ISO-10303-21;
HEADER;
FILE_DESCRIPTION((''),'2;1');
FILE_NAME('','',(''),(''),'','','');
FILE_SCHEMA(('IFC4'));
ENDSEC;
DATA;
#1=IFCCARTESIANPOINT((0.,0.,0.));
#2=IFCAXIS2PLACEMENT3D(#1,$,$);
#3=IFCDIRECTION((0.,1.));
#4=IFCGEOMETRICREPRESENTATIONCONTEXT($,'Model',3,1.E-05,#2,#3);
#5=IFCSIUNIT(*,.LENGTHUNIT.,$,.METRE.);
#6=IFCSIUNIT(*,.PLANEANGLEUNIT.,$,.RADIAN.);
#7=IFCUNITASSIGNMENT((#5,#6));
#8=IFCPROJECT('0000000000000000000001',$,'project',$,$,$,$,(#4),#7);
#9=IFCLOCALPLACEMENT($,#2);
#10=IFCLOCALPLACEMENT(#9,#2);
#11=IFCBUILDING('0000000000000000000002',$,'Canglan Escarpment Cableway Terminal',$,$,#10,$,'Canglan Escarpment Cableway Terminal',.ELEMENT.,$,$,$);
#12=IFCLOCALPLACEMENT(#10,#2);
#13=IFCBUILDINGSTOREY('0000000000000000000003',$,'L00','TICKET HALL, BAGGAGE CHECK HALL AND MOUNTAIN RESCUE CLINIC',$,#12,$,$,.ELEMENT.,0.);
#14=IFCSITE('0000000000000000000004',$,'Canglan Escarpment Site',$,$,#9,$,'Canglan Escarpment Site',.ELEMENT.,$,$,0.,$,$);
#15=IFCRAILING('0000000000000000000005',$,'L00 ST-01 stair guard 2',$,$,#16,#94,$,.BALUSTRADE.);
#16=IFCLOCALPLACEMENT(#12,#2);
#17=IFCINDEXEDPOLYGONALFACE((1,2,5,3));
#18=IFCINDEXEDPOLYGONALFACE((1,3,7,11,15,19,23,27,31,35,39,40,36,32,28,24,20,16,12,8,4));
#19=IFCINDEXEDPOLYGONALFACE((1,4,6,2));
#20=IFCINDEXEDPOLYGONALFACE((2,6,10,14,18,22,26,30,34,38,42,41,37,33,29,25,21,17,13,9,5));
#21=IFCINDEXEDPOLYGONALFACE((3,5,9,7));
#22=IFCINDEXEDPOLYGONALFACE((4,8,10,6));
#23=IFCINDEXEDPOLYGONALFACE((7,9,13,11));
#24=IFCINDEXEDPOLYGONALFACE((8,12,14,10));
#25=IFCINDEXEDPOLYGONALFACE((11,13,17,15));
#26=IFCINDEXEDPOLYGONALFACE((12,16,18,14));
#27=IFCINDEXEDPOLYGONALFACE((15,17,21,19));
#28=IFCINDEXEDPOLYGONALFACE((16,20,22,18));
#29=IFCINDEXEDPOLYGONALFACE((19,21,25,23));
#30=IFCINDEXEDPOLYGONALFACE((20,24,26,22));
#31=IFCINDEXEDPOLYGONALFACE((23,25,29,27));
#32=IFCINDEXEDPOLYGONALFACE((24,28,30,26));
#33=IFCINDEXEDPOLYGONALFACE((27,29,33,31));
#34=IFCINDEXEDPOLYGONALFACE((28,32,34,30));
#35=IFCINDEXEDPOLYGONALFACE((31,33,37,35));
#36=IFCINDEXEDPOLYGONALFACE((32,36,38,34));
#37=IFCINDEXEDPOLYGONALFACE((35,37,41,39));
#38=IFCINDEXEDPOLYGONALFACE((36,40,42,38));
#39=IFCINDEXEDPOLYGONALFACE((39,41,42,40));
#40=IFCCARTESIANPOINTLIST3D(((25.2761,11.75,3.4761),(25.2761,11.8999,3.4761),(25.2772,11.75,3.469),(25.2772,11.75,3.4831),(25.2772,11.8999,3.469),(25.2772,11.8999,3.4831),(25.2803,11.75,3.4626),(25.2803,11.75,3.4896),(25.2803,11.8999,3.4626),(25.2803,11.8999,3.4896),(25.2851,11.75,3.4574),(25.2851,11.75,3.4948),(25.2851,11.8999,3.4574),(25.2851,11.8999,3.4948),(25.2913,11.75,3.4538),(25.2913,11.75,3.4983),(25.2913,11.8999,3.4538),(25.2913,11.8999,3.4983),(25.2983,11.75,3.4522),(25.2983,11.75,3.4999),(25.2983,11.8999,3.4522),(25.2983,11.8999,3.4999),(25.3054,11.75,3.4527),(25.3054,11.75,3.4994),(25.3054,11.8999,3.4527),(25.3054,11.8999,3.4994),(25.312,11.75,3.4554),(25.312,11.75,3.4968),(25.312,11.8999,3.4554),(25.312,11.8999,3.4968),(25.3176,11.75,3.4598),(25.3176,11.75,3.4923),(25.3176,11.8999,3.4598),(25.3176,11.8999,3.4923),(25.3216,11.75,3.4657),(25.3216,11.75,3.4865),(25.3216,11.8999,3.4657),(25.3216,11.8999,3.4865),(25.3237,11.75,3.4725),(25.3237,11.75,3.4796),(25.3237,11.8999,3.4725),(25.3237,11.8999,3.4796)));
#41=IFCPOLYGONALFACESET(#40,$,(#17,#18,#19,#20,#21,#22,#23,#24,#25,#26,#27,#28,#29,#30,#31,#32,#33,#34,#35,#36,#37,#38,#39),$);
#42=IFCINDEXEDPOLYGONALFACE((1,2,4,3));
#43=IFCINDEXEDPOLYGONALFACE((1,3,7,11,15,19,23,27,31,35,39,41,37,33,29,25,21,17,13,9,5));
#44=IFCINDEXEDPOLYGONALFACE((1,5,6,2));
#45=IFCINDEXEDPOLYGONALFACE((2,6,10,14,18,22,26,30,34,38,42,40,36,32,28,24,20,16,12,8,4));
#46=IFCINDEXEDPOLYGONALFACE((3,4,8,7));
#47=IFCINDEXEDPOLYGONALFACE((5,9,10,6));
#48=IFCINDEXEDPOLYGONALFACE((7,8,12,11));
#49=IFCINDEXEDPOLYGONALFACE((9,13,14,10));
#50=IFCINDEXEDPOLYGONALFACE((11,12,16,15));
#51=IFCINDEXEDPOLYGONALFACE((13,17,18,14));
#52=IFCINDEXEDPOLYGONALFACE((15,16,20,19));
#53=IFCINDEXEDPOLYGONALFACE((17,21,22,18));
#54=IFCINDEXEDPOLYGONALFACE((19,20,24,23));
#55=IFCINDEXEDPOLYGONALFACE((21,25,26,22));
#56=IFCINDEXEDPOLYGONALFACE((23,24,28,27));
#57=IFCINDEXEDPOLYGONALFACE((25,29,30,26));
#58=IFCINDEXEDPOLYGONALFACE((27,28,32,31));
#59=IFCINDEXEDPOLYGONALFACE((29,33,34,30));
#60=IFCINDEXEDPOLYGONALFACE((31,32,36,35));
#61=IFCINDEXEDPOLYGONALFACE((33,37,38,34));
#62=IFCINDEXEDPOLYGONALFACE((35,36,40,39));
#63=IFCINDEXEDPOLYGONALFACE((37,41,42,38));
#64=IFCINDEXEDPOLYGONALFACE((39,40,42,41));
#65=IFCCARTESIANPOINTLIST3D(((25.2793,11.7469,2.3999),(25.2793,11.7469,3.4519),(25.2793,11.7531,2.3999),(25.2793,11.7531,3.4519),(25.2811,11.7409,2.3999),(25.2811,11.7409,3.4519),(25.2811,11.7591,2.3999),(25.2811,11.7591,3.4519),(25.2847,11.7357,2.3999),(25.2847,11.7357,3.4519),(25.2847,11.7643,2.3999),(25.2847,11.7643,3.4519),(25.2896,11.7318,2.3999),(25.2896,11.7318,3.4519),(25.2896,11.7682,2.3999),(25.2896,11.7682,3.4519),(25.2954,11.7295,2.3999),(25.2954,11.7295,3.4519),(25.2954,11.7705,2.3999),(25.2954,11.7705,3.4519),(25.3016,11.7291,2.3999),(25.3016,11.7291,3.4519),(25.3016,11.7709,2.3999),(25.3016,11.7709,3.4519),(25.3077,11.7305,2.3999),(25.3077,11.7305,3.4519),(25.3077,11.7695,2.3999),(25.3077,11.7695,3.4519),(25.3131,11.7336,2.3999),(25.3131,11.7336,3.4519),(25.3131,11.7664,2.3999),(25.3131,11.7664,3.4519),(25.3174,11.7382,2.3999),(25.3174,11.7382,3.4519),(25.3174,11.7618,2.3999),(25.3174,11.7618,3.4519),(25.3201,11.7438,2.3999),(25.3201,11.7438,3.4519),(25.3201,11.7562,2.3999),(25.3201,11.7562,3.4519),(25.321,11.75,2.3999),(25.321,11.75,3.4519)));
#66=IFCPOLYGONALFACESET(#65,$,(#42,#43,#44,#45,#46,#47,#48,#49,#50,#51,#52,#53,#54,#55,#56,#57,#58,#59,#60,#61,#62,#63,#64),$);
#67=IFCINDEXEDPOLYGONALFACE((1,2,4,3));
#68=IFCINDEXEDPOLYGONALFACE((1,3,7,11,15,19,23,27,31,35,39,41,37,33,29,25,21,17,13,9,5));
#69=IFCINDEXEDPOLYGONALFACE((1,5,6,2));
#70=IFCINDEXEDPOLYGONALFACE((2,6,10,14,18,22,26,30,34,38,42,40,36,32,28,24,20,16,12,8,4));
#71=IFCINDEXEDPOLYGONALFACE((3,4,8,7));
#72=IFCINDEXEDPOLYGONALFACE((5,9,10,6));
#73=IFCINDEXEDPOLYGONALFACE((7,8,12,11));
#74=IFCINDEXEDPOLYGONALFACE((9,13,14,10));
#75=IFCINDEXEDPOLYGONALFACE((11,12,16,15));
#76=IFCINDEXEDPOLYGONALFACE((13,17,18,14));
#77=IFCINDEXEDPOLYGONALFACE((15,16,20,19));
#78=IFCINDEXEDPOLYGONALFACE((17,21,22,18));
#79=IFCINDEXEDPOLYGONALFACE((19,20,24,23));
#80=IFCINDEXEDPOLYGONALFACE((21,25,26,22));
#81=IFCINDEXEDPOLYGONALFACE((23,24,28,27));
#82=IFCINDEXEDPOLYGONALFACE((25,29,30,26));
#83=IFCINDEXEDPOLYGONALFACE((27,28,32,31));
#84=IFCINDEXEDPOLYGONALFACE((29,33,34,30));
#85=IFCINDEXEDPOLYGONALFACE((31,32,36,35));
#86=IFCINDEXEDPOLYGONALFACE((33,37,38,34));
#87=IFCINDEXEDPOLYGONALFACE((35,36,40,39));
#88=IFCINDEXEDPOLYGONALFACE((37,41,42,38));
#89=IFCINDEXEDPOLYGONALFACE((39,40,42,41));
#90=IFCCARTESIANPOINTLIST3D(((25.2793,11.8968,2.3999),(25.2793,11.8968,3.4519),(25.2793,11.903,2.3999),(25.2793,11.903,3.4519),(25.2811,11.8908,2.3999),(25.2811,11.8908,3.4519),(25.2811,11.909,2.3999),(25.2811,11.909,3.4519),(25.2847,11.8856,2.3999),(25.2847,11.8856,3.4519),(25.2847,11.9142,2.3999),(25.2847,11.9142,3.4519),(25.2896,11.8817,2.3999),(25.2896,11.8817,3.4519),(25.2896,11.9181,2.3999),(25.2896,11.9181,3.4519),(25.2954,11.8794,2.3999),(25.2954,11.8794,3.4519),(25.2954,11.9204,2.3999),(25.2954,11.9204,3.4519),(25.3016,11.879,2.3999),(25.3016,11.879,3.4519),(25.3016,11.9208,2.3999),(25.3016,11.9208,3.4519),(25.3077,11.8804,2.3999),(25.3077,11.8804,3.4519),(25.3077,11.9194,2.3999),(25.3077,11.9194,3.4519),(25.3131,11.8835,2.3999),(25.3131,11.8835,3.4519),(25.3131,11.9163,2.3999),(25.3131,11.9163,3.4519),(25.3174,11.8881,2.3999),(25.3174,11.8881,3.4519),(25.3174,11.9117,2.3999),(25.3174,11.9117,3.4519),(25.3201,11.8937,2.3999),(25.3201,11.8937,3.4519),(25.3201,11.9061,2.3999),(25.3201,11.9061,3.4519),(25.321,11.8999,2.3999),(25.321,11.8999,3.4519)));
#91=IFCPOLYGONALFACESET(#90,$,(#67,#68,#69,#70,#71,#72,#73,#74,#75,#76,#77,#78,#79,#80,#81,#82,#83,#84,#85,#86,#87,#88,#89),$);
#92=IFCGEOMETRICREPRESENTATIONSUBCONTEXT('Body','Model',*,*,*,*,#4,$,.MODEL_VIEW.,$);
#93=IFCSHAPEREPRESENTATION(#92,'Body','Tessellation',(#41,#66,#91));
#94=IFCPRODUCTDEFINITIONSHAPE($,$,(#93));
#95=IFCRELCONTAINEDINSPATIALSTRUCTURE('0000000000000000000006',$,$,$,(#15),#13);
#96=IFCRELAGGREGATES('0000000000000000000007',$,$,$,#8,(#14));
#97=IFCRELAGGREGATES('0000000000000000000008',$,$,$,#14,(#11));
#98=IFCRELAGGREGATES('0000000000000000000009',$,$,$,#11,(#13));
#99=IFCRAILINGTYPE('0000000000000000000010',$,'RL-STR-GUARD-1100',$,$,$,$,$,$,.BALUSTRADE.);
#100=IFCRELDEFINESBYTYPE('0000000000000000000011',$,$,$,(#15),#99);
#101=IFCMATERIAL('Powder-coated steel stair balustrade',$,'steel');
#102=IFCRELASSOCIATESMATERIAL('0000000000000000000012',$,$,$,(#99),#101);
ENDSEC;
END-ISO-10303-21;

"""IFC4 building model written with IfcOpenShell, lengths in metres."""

from ifc_helpers import new_model, si_unit, direction, frame, origin, origin_2d, place, context, subcontext, project, spatial, circle, extrude, material, type_object, element, save


model = new_model("IFC4")

# Units and contexts
model_context = context("Model", 3, precision=1e-05, world=origin(), true_north=direction((0.0, 1.0)))
body_context = subcontext(model_context, "Body", "Model", "MODEL_VIEW")
ifc_project = project(units=[si_unit("LENGTHUNIT", "METRE"), si_unit("PLANEANGLEUNIT", "RADIAN")], contexts=[model_context])

# Site, building, storey
site_placement = place(None, origin())
site = spatial("IfcSite", under=ifc_project, at=site_placement, Name="Canglan Escarpment Site", LongName="Canglan Escarpment Site", CompositionType="ELEMENT", RefElevation=0.0)
building_placement = place(site_placement, origin())
building = spatial("IfcBuilding", under=site, at=building_placement, Name="Canglan Escarpment Cableway Terminal", LongName="Canglan Escarpment Cableway Terminal", CompositionType="ELEMENT")
storey_placement = place(building_placement, origin())
storey = spatial("IfcBuildingStorey", under=building, at=storey_placement, Name="L00", Description="TICKET HALL, BAGGAGE CHECK HALL AND MOUNTAIN RESCUE CLINIC", CompositionType="ELEMENT", Elevation=0.0)

# Railing
ifc_material_1 = material(Name="Powder-coated steel stair balustrade", Category="steel")
railing_type_1 = type_object("IfcRailingType", Name="RL-STR-GUARD-1100", PredefinedType="BALUSTRADE", material=ifc_material_1)
railing_1_placement = place(storey_placement, frame((25.3, 11.75, 2.3999)))
element("IfcRailing", 1, at=railing_1_placement, inside=storey, type_object=railing_type_1, Name="L00 ST-01 stair guard 2", PredefinedType="BALUSTRADE", context=body_context, shape_type="SweptSolid", body=[
    extrude(circle(Radius=0.0239, at=origin_2d()), frame((0.0, 0.0, 1.0762), z_axis=(0.0, 1.0, 0.0), x_axis=(-1.0, 0.0, 0.0)), (0.0, 0.0, 1.0), 0.1499),
    extrude(circle(Radius=0.021, at=origin_2d()), origin(), (0.0, 0.0, 1.0), 1.052),
    extrude(circle(Radius=0.021, at=origin_2d()), frame((0.0, 0.1499, 0.0)), (0.0, 0.0, 1.0), 1.052),
])

save(model, "model.ifc")
